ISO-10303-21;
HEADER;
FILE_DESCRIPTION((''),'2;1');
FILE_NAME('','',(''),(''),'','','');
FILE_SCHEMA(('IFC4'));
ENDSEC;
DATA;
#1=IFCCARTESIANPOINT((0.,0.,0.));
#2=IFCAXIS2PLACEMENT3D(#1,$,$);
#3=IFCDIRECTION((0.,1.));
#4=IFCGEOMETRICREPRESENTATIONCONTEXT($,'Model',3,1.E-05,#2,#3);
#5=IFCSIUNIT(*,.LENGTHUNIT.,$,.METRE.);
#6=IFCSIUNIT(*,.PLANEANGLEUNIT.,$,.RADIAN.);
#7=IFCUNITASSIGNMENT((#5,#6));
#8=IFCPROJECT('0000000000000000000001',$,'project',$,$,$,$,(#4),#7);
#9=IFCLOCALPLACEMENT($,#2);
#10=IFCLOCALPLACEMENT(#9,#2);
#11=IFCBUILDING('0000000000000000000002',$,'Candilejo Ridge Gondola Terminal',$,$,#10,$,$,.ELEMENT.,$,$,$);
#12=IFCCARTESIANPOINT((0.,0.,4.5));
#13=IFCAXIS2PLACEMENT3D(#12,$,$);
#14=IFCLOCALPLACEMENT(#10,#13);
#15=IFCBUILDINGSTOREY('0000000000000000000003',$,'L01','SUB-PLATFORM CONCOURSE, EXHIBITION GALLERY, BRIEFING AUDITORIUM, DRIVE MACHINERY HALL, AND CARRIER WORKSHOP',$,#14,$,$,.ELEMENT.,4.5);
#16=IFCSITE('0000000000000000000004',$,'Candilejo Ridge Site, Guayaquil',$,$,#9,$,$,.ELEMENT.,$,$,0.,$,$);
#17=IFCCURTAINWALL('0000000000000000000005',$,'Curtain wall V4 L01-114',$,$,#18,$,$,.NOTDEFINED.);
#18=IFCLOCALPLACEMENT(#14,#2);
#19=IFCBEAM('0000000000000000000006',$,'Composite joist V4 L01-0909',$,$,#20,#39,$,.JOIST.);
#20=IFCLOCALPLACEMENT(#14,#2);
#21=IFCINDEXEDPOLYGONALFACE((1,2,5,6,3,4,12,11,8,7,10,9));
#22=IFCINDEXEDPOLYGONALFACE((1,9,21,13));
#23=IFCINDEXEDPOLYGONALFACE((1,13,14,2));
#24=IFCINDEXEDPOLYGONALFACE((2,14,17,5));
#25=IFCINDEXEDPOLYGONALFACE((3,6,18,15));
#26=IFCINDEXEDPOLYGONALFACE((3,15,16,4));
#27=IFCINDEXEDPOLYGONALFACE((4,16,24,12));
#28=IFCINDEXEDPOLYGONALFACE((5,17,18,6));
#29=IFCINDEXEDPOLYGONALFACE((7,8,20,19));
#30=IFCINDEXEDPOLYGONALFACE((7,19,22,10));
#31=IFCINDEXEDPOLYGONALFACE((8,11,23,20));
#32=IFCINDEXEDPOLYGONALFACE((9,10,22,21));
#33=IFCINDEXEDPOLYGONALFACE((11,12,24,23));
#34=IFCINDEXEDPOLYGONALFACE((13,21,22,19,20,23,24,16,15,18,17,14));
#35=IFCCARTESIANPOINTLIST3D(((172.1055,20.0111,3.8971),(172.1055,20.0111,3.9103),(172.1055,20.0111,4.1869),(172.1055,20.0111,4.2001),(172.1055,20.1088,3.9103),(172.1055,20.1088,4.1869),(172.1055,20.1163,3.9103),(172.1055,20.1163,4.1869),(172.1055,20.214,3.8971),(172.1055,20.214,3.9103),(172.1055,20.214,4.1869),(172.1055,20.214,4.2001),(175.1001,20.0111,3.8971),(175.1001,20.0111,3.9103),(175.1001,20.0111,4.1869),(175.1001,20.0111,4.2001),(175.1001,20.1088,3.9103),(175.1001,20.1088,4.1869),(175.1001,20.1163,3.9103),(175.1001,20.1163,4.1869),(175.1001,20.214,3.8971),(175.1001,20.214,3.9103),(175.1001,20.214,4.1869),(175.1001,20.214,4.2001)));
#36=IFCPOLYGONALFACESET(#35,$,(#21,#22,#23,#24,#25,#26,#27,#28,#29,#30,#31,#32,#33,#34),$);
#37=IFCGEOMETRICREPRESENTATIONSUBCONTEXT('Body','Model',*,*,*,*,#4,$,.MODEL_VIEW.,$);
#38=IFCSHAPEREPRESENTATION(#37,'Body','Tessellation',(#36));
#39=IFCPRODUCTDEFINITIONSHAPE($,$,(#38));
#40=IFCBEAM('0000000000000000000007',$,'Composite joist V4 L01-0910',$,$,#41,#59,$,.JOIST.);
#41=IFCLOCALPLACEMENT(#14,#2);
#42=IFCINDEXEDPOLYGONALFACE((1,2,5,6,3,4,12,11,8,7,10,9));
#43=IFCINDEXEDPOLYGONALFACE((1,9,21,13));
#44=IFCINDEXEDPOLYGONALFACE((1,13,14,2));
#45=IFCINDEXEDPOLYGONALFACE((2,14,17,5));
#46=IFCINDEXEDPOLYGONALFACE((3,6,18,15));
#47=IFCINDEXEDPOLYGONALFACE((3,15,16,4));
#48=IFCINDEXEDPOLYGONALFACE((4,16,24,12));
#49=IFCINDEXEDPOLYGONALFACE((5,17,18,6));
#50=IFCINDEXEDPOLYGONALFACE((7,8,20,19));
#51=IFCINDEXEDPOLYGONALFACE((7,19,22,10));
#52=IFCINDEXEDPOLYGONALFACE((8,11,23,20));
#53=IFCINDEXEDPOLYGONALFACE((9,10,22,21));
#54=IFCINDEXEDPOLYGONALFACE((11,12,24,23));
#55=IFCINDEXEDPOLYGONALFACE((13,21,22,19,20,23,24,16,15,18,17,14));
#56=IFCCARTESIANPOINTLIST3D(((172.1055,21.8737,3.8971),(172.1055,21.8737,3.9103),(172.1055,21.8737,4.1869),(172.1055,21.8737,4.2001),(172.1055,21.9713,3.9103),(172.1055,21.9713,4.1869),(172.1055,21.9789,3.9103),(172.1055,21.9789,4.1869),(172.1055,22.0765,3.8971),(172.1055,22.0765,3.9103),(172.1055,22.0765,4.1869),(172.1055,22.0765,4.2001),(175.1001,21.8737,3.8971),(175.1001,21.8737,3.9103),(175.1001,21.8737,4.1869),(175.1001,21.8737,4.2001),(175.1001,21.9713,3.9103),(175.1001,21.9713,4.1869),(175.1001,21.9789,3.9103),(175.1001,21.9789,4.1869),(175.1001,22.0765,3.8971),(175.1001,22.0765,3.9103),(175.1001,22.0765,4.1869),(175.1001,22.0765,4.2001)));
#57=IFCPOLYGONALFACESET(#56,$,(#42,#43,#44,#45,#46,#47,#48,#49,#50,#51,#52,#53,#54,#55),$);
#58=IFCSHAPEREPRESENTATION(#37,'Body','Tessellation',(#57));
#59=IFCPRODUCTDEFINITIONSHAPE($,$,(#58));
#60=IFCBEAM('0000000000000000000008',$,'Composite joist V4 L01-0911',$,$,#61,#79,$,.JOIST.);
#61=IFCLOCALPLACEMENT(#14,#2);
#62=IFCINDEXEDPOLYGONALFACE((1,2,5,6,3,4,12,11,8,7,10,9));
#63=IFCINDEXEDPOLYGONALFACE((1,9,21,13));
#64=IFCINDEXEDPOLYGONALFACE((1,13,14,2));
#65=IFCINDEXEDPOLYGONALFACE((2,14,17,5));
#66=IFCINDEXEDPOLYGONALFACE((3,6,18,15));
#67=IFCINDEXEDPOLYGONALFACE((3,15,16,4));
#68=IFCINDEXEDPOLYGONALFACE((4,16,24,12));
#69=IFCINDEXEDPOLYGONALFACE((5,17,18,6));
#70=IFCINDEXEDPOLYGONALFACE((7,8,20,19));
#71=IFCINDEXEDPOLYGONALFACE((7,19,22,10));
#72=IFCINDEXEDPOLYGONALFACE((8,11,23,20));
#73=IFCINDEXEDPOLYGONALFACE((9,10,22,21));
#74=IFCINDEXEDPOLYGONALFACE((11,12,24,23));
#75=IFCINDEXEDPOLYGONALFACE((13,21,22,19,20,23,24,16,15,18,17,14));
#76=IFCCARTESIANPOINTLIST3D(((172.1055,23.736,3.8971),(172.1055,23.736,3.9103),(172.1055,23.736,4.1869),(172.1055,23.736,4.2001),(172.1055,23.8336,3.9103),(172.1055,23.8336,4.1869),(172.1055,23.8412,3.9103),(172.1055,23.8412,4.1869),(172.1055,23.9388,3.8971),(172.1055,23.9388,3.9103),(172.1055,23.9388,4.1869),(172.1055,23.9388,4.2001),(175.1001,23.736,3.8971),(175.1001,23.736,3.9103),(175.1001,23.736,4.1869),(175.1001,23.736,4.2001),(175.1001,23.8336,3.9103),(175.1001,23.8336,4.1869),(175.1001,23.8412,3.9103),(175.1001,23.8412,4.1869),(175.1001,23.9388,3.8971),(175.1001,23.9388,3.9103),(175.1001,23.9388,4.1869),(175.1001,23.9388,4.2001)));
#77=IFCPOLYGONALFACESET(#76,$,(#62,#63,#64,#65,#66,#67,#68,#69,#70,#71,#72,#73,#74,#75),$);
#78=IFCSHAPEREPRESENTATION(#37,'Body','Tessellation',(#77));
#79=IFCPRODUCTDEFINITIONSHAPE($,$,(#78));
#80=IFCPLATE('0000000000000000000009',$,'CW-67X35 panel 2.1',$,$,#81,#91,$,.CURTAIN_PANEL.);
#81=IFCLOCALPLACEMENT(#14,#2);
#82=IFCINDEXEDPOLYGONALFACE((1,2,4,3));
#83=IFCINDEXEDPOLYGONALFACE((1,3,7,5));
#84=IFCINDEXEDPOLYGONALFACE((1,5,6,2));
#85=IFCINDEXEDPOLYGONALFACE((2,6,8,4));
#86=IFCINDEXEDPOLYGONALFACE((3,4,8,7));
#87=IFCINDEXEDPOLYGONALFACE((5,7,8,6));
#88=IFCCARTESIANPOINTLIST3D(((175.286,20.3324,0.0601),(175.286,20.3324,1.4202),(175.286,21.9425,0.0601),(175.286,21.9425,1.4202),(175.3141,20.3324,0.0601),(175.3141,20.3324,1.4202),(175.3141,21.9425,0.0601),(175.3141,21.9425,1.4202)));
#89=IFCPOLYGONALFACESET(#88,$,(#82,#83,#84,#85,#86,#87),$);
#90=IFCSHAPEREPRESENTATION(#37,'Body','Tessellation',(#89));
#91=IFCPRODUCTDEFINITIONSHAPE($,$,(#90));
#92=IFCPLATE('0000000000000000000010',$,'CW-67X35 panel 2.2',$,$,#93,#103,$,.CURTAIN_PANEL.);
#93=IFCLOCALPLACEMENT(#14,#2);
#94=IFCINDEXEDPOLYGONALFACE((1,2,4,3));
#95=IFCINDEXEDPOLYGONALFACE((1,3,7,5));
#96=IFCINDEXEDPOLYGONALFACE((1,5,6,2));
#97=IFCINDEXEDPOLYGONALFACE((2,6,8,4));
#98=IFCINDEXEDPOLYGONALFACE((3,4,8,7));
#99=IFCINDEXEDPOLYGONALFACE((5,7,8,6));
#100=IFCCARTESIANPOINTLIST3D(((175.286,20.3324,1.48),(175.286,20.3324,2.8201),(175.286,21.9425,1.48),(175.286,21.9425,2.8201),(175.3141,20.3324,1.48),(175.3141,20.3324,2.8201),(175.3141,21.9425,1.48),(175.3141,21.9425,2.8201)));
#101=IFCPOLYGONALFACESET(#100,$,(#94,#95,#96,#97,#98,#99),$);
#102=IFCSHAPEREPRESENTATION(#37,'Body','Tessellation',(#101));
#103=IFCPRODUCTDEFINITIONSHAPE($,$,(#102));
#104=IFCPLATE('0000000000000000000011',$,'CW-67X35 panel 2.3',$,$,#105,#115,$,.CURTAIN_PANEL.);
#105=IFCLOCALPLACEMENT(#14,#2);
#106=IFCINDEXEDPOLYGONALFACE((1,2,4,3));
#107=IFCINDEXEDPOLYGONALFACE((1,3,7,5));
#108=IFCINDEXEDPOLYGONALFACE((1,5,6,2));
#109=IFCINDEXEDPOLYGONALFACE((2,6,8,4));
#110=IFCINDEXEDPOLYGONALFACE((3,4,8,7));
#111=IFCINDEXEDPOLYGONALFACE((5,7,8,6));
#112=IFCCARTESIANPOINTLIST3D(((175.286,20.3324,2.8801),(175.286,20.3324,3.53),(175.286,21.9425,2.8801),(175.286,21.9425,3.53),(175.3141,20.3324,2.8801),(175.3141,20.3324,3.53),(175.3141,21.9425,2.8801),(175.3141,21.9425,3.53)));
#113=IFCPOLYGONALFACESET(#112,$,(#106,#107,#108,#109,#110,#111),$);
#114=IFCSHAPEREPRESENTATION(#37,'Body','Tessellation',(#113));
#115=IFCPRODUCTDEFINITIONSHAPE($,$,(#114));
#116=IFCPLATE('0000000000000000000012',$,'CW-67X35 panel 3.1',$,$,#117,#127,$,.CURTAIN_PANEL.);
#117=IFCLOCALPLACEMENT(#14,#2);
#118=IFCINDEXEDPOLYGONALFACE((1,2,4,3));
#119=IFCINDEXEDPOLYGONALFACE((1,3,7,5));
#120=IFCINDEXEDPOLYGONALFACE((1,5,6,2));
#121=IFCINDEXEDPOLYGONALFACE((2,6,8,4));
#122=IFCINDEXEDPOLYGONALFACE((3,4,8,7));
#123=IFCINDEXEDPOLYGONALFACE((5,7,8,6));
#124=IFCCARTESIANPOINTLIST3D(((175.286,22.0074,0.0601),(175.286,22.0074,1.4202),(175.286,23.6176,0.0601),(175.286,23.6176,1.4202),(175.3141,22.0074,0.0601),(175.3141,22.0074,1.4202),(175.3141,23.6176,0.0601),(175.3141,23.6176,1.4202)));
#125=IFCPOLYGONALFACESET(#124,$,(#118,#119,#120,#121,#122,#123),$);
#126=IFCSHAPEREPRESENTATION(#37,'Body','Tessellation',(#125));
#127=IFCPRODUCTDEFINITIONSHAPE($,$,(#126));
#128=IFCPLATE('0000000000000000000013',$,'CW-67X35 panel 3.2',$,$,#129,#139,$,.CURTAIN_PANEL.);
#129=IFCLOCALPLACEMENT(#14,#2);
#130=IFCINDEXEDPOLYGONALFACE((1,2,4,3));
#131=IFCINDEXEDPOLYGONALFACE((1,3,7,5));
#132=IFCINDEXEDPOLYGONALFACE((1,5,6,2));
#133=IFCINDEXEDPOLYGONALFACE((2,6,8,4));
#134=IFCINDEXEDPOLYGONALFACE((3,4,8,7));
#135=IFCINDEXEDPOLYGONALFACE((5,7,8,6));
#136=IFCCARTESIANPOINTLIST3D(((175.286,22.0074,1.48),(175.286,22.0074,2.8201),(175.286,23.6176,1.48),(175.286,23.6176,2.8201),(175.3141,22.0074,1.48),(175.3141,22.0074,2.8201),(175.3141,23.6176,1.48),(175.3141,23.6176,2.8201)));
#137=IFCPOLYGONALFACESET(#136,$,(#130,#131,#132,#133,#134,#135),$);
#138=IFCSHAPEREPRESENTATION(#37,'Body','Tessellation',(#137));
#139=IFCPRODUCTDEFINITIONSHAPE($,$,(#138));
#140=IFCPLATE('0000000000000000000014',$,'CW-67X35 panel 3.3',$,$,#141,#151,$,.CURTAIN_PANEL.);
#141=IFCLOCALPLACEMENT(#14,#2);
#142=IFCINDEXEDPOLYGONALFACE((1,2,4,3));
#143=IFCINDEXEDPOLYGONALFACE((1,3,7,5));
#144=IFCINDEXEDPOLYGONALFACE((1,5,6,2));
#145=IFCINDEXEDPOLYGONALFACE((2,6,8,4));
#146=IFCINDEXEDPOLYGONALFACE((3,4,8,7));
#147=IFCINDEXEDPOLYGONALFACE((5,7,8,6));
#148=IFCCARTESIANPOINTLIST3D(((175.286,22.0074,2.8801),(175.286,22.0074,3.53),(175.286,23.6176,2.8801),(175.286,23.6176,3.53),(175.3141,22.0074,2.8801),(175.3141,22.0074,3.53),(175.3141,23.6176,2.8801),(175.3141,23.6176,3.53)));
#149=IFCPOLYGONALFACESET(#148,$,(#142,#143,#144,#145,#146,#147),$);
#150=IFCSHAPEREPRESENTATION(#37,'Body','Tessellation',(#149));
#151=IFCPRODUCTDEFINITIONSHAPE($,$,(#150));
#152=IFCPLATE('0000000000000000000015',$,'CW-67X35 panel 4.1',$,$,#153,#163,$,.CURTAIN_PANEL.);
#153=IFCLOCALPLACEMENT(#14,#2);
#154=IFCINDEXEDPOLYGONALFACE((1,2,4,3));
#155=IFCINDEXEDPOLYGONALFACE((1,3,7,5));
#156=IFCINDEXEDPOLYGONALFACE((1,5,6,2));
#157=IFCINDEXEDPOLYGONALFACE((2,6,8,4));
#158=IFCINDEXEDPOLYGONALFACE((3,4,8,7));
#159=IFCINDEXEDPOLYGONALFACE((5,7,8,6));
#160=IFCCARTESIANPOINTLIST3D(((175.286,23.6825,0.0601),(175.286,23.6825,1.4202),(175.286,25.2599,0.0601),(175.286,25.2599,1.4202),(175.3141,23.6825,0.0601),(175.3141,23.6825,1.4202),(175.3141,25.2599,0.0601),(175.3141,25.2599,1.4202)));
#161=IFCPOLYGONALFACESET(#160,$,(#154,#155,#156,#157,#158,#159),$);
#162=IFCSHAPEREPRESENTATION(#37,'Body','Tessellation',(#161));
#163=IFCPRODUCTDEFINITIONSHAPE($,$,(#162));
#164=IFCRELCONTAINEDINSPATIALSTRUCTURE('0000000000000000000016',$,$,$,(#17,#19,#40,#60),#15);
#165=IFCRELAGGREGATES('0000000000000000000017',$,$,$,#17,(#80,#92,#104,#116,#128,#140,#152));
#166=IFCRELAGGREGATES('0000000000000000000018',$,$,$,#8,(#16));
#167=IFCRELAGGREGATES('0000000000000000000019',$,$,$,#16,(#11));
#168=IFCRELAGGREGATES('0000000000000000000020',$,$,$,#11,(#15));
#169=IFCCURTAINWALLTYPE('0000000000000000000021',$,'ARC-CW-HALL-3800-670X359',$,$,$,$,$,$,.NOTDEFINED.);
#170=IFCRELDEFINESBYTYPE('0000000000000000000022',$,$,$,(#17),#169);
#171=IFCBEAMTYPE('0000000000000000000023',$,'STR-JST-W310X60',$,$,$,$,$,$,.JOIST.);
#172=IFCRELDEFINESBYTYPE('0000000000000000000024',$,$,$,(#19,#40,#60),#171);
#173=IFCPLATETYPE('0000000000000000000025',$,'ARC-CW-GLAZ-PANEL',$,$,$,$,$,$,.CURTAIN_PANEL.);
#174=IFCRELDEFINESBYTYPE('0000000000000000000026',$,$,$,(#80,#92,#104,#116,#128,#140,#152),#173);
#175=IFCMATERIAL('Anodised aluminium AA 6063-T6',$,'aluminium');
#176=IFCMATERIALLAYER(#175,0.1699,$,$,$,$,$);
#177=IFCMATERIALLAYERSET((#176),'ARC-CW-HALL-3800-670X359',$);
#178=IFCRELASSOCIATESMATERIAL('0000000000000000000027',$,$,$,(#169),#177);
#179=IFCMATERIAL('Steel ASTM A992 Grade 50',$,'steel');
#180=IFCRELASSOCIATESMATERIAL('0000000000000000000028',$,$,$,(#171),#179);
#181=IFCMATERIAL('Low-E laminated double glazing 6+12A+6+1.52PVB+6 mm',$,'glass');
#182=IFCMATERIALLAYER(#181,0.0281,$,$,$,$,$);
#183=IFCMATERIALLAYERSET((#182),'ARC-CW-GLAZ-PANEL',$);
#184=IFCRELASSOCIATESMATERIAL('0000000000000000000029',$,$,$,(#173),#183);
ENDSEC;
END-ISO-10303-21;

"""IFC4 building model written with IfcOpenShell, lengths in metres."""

from ifc_helpers import new_model, si_unit, direction, frame, origin, origin_2d, place, context, subcontext, project, spatial, rectangle, i_section, extrude, material, layer, layer_set, material_profile, profile_set, type_object, element, aggregate, save


model = new_model("IFC4")

# Units and contexts
model_context = context("Model", 3, precision=1e-05, world=origin(), true_north=direction((0.0, 1.0)))
body_context = subcontext(model_context, "Body", "Model", "MODEL_VIEW")
ifc_project = project(units=[si_unit("LENGTHUNIT", "METRE"), si_unit("PLANEANGLEUNIT", "RADIAN")], contexts=[model_context])

# Site, building, storey
site_placement = place(None, origin())
site = spatial("IfcSite", under=ifc_project, at=site_placement, Name="Candilejo Ridge Site, Guayaquil", CompositionType="ELEMENT", RefElevation=0.0)
building_placement = place(site_placement, origin())
building = spatial("IfcBuilding", under=site, at=building_placement, Name="Candilejo Ridge Gondola Terminal", CompositionType="ELEMENT")
storey_placement = place(building_placement, frame((0.0, 0.0, 4.5)))
storey = spatial("IfcBuildingStorey", under=building, at=storey_placement, Name="L01", Description="SUB-PLATFORM CONCOURSE, EXHIBITION GALLERY, BRIEFING AUDITORIUM, DRIVE MACHINERY HALL, AND CARRIER WORKSHOP", CompositionType="ELEMENT", Elevation=4.5)

# Curtain wall
ifc_material_1 = material(Name="Anodised aluminium AA 6063-T6", Category="aluminium")
ifc_layer_1 = layer(ifc_material_1, 0.1699)
ifc_layer_set_1 = layer_set([ifc_layer_1], Name="ARC-CW-HALL-3800-670X359")
curtain_wall_type = type_object("IfcCurtainWallType", Name="ARC-CW-HALL-3800-670X359", PredefinedType="NOTDEFINED", material=ifc_layer_set_1)
curtain_wall_placement = place(storey_placement, origin())
curtain_wall = element("IfcCurtainWall", 1, at=curtain_wall_placement, inside=storey, type_object=curtain_wall_type, Name="Curtain wall V4 L01-114", PredefinedType="NOTDEFINED")

# Beams
ifc_material_2 = material(Name="Steel ASTM A992 Grade 50", Category="steel")
ifc_material_profile_1 = material_profile(ifc_material_2, i_section(OverallWidth=0.2029, OverallDepth=0.303, WebThickness=0.0076, FlangeThickness=0.0132, at=origin_2d()))
ifc_profile_set_1 = profile_set([ifc_material_profile_1], Name="Steel ASTM A992 Grade 50")
beam_type = type_object("IfcBeamType", Name="STR-JST-W310X60", PredefinedType="JOIST", material=ifc_profile_set_1)
for number, where, z_axis, x_axis, name in (
    (2, (172.1055, 20.1125, 4.0486), (1.0, 0.0, 0.0), (0.0, 1.0, 0.0), "Composite joist V4 L01-0909"),
    (3, (172.1055, 21.9751, 4.0486), (1.0, 0.0, 0.0), (0.0, 1.0, 0.0), "Composite joist V4 L01-0910"),
    (4, (172.1055, 23.8374, 4.0486), (1.0, 0.0, 0.0), (0.0, 1.0, 0.0), "Composite joist V4 L01-0911"),
):
    element("IfcBeam", number, at=place(storey_placement, frame(where, z_axis=z_axis, x_axis=x_axis)), inside=storey, type_object=beam_type, Name=name, PredefinedType="JOIST", context=body_context, shape_type="SweptSolid", body=[
        extrude(i_section(OverallWidth=0.2029, OverallDepth=0.303, WebThickness=0.0076, FlangeThickness=0.0132, at=origin_2d()), origin(), (0.0, 0.0, 1.0), 2.9946),
    ])

# Plates
ifc_material_3 = material(Name="Low-E laminated double glazing 6+12A+6+1.52PVB+6 mm", Category="glass")
ifc_layer_2 = layer(ifc_material_3, 0.0281)
ifc_layer_set_2 = layer_set([ifc_layer_2], Name="ARC-CW-GLAZ-PANEL")
plate_type = type_object("IfcPlateType", Name="ARC-CW-GLAZ-PANEL", PredefinedType="CURTAIN_PANEL", material=ifc_layer_set_2)
plate_1_placement = place(storey_placement, frame((175.3, 21.1375, 0.0601), z_axis=(0.0, 0.0, 1.0), x_axis=(0.0, 1.0, 0.0)))
plate_1 = element("IfcPlate", 5, at=plate_1_placement, type_object=plate_type, Name="CW-67X35 panel 2.1", PredefinedType="CURTAIN_PANEL", context=body_context, shape_type="SweptSolid", body=[
    extrude(rectangle(XDim=1.6101, YDim=0.0281, at=origin_2d()), origin(), (0.0, 0.0, 1.0), 1.3601),
])
plate_2_placement = place(storey_placement, frame((175.3, 21.1375, 1.48), z_axis=(0.0, 0.0, 1.0), x_axis=(0.0, 1.0, 0.0)))
plate_2 = element("IfcPlate", 6, at=plate_2_placement, type_object=plate_type, Name="CW-67X35 panel 2.2", PredefinedType="CURTAIN_PANEL", context=body_context, shape_type="SweptSolid", body=[
    extrude(rectangle(XDim=1.6101, YDim=0.0281, at=origin_2d()), origin(), (0.0, 0.0, 1.0), 1.3401),
])
plate_3_placement = place(storey_placement, frame((175.3, 21.1375, 2.8801), z_axis=(0.0, 0.0, 1.0), x_axis=(0.0, 1.0, 0.0)))
plate_3 = element("IfcPlate", 7, at=plate_3_placement, type_object=plate_type, Name="CW-67X35 panel 2.3", PredefinedType="CURTAIN_PANEL", context=body_context, shape_type="SweptSolid", body=[
    extrude(rectangle(XDim=1.6101, YDim=0.0281, at=origin_2d()), origin(), (0.0, 0.0, 1.0), 0.6499),
])
plate_4_placement = place(storey_placement, frame((175.3, 22.8125, 0.0601), z_axis=(0.0, 0.0, 1.0), x_axis=(0.0, 1.0, 0.0)))
plate_4 = element("IfcPlate", 8, at=plate_4_placement, type_object=plate_type, Name="CW-67X35 panel 3.1", PredefinedType="CURTAIN_PANEL", context=body_context, shape_type="SweptSolid", body=[
    extrude(rectangle(XDim=1.6101, YDim=0.0281, at=origin_2d()), origin(), (0.0, 0.0, 1.0), 1.3601),
])
plate_5_placement = place(storey_placement, frame((175.3, 22.8125, 1.48), z_axis=(0.0, 0.0, 1.0), x_axis=(0.0, 1.0, 0.0)))
plate_5 = element("IfcPlate", 9, at=plate_5_placement, type_object=plate_type, Name="CW-67X35 panel 3.2", PredefinedType="CURTAIN_PANEL", context=body_context, shape_type="SweptSolid", body=[
    extrude(rectangle(XDim=1.6101, YDim=0.0281, at=origin_2d()), origin(), (0.0, 0.0, 1.0), 1.3401),
])
plate_6_placement = place(storey_placement, frame((175.3, 22.8125, 2.8801), z_axis=(0.0, 0.0, 1.0), x_axis=(0.0, 1.0, 0.0)))
plate_6 = element("IfcPlate", 10, at=plate_6_placement, type_object=plate_type, Name="CW-67X35 panel 3.3", PredefinedType="CURTAIN_PANEL", context=body_context, shape_type="SweptSolid", body=[
    extrude(rectangle(XDim=1.6101, YDim=0.0281, at=origin_2d()), origin(), (0.0, 0.0, 1.0), 0.6499),
])
plate_7_placement = place(storey_placement, frame((175.3, 24.4712, 0.0601), z_axis=(0.0, 0.0, 1.0), x_axis=(0.0, 1.0, 0.0)))
plate_7 = element("IfcPlate", 11, at=plate_7_placement, type_object=plate_type, Name="CW-67X35 panel 4.1", PredefinedType="CURTAIN_PANEL", context=body_context, shape_type="SweptSolid", body=[
    extrude(rectangle(XDim=1.5774, YDim=0.0281, at=origin_2d()), origin(), (0.0, 0.0, 1.0), 1.3601),
])
aggregate(curtain_wall, [plate_1, plate_2, plate_3, plate_4, plate_5, plate_6, plate_7])

save(model, "model.ifc")
